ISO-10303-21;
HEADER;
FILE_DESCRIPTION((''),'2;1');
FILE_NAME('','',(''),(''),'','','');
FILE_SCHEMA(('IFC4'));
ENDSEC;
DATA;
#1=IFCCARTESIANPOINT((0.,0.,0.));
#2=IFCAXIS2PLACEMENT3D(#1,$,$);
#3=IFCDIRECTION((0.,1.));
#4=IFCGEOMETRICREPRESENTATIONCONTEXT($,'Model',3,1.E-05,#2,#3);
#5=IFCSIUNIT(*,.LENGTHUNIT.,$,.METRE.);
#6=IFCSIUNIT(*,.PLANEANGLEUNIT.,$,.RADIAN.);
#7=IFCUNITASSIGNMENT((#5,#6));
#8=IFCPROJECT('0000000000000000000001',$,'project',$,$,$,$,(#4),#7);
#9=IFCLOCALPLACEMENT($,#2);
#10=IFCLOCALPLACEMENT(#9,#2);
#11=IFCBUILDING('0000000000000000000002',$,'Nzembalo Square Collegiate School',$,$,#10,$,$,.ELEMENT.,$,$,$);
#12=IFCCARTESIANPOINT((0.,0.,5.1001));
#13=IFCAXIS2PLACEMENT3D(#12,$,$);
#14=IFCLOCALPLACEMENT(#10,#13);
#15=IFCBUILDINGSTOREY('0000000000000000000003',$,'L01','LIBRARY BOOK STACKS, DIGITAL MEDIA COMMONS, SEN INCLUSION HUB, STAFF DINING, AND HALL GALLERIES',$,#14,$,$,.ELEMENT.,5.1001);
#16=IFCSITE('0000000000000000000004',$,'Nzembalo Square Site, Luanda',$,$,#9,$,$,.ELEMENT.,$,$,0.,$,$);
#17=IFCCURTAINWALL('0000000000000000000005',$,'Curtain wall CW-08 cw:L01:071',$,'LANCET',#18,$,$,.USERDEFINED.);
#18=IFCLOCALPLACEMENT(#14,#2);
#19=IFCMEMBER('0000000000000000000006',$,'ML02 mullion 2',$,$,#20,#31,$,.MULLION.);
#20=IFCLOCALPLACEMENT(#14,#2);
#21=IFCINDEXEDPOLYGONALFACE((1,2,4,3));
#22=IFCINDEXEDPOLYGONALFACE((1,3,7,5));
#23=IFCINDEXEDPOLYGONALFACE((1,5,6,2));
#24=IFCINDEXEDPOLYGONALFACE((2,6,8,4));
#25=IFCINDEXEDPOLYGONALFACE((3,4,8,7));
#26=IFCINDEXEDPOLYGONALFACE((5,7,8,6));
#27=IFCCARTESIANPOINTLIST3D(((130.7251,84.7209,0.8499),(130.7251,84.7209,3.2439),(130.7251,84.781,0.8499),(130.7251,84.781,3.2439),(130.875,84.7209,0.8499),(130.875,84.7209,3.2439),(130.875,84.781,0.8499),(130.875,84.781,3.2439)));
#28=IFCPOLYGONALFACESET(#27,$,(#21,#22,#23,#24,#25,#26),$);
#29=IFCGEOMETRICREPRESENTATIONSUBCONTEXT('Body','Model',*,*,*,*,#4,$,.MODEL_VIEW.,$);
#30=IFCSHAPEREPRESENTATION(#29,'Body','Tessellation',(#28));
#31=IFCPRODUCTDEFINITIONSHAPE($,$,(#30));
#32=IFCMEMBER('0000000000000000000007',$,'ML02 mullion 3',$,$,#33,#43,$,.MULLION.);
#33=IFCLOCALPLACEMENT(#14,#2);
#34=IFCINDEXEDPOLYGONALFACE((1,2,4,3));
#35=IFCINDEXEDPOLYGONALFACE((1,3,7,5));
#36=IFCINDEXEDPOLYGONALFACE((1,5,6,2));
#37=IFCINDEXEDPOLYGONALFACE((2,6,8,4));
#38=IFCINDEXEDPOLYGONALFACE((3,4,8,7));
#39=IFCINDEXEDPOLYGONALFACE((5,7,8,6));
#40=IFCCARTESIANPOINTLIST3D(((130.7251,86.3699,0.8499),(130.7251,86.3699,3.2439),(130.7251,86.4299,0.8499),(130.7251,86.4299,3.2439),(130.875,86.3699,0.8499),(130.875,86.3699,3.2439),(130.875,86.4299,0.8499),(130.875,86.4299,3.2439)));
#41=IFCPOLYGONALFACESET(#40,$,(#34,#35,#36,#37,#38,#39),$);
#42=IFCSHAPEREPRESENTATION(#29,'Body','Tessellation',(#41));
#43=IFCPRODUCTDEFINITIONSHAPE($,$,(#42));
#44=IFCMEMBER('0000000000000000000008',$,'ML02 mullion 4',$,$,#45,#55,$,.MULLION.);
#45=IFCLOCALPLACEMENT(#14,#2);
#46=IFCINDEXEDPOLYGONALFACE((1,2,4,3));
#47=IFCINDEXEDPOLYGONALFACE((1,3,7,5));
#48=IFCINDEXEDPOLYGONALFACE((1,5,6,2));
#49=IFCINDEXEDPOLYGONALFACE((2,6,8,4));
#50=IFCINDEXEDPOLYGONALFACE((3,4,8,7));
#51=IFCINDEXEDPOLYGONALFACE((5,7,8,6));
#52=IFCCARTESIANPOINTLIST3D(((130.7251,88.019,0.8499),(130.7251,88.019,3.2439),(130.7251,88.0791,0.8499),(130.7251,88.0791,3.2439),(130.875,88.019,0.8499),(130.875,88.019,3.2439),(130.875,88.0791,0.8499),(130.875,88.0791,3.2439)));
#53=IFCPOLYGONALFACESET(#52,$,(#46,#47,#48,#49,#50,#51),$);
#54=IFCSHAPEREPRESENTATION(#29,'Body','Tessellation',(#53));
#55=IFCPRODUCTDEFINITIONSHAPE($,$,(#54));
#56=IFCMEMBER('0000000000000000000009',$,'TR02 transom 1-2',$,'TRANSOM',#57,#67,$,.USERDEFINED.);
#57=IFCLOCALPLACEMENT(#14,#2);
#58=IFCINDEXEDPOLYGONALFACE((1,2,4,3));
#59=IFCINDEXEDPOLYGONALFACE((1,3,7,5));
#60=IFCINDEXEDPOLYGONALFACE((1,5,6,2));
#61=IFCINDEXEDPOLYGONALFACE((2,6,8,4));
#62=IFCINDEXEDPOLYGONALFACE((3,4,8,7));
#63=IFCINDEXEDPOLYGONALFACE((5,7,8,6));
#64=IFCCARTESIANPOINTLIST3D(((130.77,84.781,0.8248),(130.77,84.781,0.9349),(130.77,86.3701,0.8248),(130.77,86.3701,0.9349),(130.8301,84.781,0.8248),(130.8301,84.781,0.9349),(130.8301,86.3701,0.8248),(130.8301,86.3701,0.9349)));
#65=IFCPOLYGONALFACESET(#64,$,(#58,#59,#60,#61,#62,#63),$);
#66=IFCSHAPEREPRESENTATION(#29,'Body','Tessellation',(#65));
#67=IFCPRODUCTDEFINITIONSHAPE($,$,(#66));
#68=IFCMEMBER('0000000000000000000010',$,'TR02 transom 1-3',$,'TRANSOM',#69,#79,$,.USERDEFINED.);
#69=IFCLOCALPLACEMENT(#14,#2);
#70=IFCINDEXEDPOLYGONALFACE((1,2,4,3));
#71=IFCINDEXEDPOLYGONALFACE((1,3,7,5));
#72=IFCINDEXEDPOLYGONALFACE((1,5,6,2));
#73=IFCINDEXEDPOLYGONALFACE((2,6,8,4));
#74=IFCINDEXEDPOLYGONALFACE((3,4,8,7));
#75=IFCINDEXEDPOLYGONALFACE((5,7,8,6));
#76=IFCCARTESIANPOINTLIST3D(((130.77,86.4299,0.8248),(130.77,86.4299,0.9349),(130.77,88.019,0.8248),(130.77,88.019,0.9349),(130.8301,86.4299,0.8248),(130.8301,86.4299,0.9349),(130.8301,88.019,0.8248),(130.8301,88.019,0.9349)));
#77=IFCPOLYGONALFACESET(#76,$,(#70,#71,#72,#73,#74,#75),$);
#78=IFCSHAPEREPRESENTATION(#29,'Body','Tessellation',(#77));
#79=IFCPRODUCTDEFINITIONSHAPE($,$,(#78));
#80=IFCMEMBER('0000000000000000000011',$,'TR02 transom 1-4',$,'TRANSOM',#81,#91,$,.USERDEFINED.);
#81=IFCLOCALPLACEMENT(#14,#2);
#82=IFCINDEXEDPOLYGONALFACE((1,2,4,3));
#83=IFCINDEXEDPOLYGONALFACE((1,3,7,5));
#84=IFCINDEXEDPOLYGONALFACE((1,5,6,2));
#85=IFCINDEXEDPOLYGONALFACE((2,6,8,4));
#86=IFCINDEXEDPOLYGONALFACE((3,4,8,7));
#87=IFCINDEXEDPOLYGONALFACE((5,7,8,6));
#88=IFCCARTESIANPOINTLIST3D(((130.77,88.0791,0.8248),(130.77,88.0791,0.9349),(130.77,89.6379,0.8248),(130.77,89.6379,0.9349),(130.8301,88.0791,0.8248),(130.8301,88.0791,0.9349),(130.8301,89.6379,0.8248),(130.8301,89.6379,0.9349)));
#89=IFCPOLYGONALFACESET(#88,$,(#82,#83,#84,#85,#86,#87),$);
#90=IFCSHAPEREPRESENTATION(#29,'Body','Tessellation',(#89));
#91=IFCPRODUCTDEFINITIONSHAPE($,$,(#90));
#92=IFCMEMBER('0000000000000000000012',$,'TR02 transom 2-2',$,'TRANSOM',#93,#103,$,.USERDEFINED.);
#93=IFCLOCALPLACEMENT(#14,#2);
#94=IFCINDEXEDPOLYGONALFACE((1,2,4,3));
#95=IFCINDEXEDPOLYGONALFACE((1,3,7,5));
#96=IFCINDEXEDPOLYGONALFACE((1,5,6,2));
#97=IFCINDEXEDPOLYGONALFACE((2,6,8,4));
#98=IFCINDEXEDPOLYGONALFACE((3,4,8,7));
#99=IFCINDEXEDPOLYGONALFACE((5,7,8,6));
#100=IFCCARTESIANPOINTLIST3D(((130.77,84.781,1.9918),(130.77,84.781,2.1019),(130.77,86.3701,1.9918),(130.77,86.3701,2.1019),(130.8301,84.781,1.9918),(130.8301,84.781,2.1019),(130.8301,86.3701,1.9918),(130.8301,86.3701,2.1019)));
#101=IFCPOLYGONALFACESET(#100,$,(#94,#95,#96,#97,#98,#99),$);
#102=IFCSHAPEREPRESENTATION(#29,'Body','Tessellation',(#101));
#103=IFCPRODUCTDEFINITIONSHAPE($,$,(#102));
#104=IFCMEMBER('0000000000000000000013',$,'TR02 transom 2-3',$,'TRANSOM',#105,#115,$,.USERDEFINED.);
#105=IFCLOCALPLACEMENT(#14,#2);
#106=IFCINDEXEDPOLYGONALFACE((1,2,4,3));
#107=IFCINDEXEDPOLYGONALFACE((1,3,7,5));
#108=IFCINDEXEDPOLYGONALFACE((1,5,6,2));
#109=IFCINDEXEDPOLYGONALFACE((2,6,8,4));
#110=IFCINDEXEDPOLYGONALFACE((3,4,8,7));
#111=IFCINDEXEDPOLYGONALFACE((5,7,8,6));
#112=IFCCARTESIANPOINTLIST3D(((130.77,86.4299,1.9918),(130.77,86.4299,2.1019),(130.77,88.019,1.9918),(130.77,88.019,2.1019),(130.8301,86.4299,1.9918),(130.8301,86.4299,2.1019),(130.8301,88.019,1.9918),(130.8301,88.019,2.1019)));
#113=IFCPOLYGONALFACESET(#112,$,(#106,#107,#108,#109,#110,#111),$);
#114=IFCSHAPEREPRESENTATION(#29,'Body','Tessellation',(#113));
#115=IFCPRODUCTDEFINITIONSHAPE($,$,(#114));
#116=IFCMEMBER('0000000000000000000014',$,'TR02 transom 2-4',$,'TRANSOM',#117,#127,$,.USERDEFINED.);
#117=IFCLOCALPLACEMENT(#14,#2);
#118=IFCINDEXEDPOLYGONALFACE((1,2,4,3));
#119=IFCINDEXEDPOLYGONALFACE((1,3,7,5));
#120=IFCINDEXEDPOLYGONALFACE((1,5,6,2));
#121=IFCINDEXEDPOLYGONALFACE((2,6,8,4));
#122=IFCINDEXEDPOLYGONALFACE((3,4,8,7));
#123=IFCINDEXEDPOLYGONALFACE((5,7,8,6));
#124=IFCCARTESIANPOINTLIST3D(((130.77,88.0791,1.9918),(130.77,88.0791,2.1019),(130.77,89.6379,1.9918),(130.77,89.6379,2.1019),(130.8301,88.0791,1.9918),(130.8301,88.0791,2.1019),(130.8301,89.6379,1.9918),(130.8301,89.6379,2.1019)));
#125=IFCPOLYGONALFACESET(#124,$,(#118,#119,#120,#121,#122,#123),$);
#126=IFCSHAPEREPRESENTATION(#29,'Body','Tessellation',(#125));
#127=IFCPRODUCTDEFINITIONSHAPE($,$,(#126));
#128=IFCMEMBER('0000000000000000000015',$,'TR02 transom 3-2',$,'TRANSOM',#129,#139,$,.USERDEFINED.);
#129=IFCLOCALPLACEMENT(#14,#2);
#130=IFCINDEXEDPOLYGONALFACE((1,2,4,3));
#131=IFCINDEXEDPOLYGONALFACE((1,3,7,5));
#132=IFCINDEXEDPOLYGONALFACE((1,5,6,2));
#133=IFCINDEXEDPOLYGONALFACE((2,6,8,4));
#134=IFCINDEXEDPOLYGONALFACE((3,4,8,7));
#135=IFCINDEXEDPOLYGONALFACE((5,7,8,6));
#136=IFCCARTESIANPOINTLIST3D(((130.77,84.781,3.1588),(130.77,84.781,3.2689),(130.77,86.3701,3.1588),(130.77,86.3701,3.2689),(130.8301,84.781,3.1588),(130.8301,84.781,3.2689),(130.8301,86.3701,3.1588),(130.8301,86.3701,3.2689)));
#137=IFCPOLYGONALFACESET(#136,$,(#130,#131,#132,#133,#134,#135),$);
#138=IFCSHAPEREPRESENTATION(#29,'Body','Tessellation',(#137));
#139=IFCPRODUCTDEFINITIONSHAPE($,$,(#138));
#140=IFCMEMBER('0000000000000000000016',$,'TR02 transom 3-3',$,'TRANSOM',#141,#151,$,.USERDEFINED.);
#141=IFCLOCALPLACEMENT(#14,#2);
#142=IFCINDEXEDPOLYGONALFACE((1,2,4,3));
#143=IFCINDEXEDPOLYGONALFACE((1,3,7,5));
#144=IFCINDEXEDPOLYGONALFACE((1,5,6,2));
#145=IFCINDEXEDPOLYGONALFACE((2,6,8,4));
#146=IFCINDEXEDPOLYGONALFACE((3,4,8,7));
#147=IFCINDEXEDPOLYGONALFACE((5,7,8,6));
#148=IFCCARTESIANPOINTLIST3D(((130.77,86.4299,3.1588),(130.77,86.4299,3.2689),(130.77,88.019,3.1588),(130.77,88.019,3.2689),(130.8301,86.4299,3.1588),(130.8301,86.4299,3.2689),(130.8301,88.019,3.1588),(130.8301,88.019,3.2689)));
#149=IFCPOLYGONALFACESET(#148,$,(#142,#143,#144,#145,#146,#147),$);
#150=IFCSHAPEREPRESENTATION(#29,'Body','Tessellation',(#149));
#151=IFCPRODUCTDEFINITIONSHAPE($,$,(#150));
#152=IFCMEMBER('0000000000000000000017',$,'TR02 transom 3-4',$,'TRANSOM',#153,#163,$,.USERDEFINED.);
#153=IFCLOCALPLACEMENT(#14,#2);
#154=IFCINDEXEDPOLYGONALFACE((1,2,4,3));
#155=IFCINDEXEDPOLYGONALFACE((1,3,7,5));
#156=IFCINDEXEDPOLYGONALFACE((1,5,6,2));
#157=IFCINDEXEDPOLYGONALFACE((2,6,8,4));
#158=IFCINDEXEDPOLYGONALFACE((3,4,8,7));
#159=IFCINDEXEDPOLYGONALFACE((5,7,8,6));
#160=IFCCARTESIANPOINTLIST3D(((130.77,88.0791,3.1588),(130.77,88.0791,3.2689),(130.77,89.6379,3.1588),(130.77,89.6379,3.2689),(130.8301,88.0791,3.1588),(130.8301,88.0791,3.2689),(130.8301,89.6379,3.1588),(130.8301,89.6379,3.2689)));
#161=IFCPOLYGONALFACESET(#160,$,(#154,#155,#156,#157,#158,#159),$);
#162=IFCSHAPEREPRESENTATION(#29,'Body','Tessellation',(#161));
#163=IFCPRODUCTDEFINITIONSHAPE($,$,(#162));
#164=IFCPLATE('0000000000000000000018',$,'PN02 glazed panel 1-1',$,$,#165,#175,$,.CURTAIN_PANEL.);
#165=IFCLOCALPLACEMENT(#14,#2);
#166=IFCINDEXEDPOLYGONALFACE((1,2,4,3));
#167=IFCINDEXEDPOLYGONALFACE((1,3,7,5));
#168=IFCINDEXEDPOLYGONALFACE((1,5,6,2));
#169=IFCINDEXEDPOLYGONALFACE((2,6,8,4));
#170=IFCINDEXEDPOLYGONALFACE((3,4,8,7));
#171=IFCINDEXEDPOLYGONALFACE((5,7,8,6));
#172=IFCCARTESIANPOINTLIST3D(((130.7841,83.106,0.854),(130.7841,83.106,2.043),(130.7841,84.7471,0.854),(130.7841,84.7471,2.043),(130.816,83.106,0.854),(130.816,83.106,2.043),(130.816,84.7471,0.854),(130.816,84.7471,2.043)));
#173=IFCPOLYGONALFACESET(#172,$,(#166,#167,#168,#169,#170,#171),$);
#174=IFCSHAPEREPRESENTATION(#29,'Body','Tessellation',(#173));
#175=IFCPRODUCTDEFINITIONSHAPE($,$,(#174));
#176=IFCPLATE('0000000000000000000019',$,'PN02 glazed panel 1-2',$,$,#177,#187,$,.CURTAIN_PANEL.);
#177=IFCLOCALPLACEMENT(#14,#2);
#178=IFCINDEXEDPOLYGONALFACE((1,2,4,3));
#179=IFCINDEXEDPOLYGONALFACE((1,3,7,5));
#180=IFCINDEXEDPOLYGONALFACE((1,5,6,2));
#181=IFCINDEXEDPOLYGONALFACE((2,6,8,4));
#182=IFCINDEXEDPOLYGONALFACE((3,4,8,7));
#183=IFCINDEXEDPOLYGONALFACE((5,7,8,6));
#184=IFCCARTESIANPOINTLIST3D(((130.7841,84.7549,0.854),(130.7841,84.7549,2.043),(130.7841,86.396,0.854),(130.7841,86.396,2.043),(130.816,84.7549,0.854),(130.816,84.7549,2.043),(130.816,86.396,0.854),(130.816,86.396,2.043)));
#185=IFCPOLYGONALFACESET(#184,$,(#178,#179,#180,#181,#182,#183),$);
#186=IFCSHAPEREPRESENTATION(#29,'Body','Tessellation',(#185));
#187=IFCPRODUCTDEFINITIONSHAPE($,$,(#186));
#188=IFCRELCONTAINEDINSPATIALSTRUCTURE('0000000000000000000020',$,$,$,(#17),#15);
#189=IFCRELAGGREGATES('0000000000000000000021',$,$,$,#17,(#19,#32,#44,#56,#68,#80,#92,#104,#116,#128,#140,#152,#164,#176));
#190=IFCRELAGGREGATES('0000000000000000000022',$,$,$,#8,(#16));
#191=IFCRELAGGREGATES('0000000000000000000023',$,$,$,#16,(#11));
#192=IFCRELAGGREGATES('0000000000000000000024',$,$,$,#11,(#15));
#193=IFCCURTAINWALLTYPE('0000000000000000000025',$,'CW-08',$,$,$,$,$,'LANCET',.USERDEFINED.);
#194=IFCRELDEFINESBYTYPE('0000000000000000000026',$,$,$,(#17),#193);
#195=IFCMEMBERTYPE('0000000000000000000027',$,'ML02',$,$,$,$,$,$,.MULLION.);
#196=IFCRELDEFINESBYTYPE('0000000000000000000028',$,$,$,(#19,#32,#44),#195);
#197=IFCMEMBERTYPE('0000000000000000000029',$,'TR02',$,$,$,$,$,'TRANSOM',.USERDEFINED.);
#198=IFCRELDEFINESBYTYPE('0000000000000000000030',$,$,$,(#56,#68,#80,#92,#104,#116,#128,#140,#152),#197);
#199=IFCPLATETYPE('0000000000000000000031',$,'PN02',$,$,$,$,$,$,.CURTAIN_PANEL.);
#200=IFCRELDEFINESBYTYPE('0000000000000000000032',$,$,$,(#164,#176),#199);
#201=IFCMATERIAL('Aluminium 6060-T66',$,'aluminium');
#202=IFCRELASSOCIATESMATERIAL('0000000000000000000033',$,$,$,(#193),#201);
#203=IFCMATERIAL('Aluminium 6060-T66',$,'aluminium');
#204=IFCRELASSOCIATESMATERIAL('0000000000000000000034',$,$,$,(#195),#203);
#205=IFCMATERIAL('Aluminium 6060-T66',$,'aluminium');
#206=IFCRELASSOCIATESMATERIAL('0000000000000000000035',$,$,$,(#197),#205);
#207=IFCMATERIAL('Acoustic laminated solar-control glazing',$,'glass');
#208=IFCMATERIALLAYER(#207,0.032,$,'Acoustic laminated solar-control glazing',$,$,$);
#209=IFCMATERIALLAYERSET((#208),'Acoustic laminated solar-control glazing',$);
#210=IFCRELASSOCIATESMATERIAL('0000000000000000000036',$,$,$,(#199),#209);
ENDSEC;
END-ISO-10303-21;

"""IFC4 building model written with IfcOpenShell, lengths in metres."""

from ifc_helpers import new_model, si_unit, direction, frame, origin, origin_2d, place, context, subcontext, project, spatial, rectangle, extrude, material, layer, layer_set, material_profile, profile_set, type_object, element, aggregate, save


model = new_model("IFC4")

# Units and contexts
model_context = context("Model", 3, precision=1e-05, world=origin(), true_north=direction((0.0, 1.0)))
body_context = subcontext(model_context, "Body", "Model", "MODEL_VIEW")
ifc_project = project(units=[si_unit("LENGTHUNIT", "METRE"), si_unit("PLANEANGLEUNIT", "RADIAN")], contexts=[model_context])

# Site, building, storey
site_placement = place(None, origin())
site = spatial("IfcSite", under=ifc_project, at=site_placement, Name="Nzembalo Square Site, Luanda", CompositionType="ELEMENT", RefElevation=0.0)
building_placement = place(site_placement, origin())
building = spatial("IfcBuilding", under=site, at=building_placement, Name="Nzembalo Square Collegiate School", CompositionType="ELEMENT")
storey_placement = place(building_placement, frame((0.0, 0.0, 5.1001)))
storey = spatial("IfcBuildingStorey", under=building, at=storey_placement, Name="L01", Description="LIBRARY BOOK STACKS, DIGITAL MEDIA COMMONS, SEN INCLUSION HUB, STAFF DINING, AND HALL GALLERIES", CompositionType="ELEMENT", Elevation=5.1001)

# Curtain wall, members, plates
ifc_material_1 = material(Name="Aluminium 6060-T66", Category="aluminium")
curtain_wall_type = type_object("IfcCurtainWallType", Name="CW-08", ElementType="LANCET", PredefinedType="USERDEFINED", material=ifc_material_1)
curtain_wall_placement = place(storey_placement, origin())
curtain_wall = element("IfcCurtainWall", 1, at=curtain_wall_placement, inside=storey, type_object=curtain_wall_type, Name="Curtain wall CW-08 cw:L01:071", ObjectType="LANCET", PredefinedType="USERDEFINED")
ifc_material_2 = material(Name="Aluminium 6060-T66", Category="aluminium")
ifc_material_profile_1 = material_profile(ifc_material_2, rectangle(XDim=0.0601, YDim=0.1499, at=origin_2d()), Name="ALU M60x150")
ifc_profile_set_1 = profile_set([ifc_material_profile_1], Name="Aluminium 6060-T66")
member_type_1 = type_object("IfcMemberType", Name="ML02", PredefinedType="MULLION", material=ifc_profile_set_1)
member_1_placement = place(storey_placement, frame((130.8, 84.751, 0.8499), z_axis=(0.0, 0.0, 1.0), x_axis=(0.0, 1.0, 0.0)))
member_1 = element("IfcMember", 2, at=member_1_placement, type_object=member_type_1, Name="ML02 mullion 2", PredefinedType="MULLION", context=body_context, shape_type="SweptSolid", body=[
    extrude(rectangle(XDim=0.0601, YDim=0.1499, at=origin_2d()), origin(), (0.0, 0.0, 1.0), 2.394),
])
member_2_placement = place(storey_placement, frame((130.8, 86.3999, 0.8499), z_axis=(0.0, 0.0, 1.0), x_axis=(0.0, 1.0, 0.0)))
member_2 = element("IfcMember", 3, at=member_2_placement, type_object=member_type_1, Name="ML02 mullion 3", PredefinedType="MULLION", context=body_context, shape_type="SweptSolid", body=[
    extrude(rectangle(XDim=0.0601, YDim=0.1499, at=origin_2d()), origin(), (0.0, 0.0, 1.0), 2.394),
])
member_3_placement = place(storey_placement, frame((130.8, 88.0491, 0.8499), z_axis=(0.0, 0.0, 1.0), x_axis=(0.0, 1.0, 0.0)))
member_3 = element("IfcMember", 4, at=member_3_placement, type_object=member_type_1, Name="ML02 mullion 4", PredefinedType="MULLION", context=body_context, shape_type="SweptSolid", body=[
    extrude(rectangle(XDim=0.0601, YDim=0.1499, at=origin_2d()), origin(), (0.0, 0.0, 1.0), 2.394),
])
ifc_material_3 = material(Name="Aluminium 6060-T66", Category="aluminium")
ifc_material_profile_2 = material_profile(ifc_material_3, rectangle(XDim=0.0601, YDim=0.1101, at=origin_2d()), Name="ALU T60x110")
ifc_profile_set_2 = profile_set([ifc_material_profile_2], Name="Aluminium 6060-T66")
member_type_2 = type_object("IfcMemberType", Name="TR02", ElementType="TRANSOM", PredefinedType="USERDEFINED", material=ifc_profile_set_2)
member_4_placement = place(storey_placement, frame((130.8, 84.781, 0.8799), z_axis=(0.0, 1.0, 0.0), x_axis=(-1.0, 0.0, 0.0)))
member_4 = element("IfcMember", 5, at=member_4_placement, type_object=member_type_2, Name="TR02 transom 1-2", ObjectType="TRANSOM", PredefinedType="USERDEFINED", context=body_context, shape_type="SweptSolid", body=[
    extrude(rectangle(XDim=0.0601, YDim=0.1101, at=origin_2d()), origin(), (0.0, 0.0, 1.0), 1.5891),
])
member_5_placement = place(storey_placement, frame((130.8, 86.4299, 0.8799), z_axis=(0.0, 1.0, 0.0), x_axis=(-1.0, 0.0, 0.0)))
member_5 = element("IfcMember", 6, at=member_5_placement, type_object=member_type_2, Name="TR02 transom 1-3", ObjectType="TRANSOM", PredefinedType="USERDEFINED", context=body_context, shape_type="SweptSolid", body=[
    extrude(rectangle(XDim=0.0601, YDim=0.1101, at=origin_2d()), origin(), (0.0, 0.0, 1.0), 1.5891),
])
member_6_placement = place(storey_placement, frame((130.8, 88.0791, 0.8799), z_axis=(0.0, 1.0, 0.0), x_axis=(-1.0, 0.0, 0.0)))
member_6 = element("IfcMember", 7, at=member_6_placement, type_object=member_type_2, Name="TR02 transom 1-4", ObjectType="TRANSOM", PredefinedType="USERDEFINED", context=body_context, shape_type="SweptSolid", body=[
    extrude(rectangle(XDim=0.0601, YDim=0.1101, at=origin_2d()), origin(), (0.0, 0.0, 1.0), 1.5588),
])
member_7_placement = place(storey_placement, frame((130.8, 84.781, 2.0469), z_axis=(0.0, 1.0, 0.0), x_axis=(-1.0, 0.0, 0.0)))
member_7 = element("IfcMember", 8, at=member_7_placement, type_object=member_type_2, Name="TR02 transom 2-2", ObjectType="TRANSOM", PredefinedType="USERDEFINED", context=body_context, shape_type="SweptSolid", body=[
    extrude(rectangle(XDim=0.0601, YDim=0.1101, at=origin_2d()), origin(), (0.0, 0.0, 1.0), 1.5891),
])
member_8_placement = place(storey_placement, frame((130.8, 86.4299, 2.0469), z_axis=(0.0, 1.0, 0.0), x_axis=(-1.0, 0.0, 0.0)))
member_8 = element("IfcMember", 9, at=member_8_placement, type_object=member_type_2, Name="TR02 transom 2-3", ObjectType="TRANSOM", PredefinedType="USERDEFINED", context=body_context, shape_type="SweptSolid", body=[
    extrude(rectangle(XDim=0.0601, YDim=0.1101, at=origin_2d()), origin(), (0.0, 0.0, 1.0), 1.5891),
])
member_9_placement = place(storey_placement, frame((130.8, 88.0791, 2.0469), z_axis=(0.0, 1.0, 0.0), x_axis=(-1.0, 0.0, 0.0)))
member_9 = element("IfcMember", 10, at=member_9_placement, type_object=member_type_2, Name="TR02 transom 2-4", ObjectType="TRANSOM", PredefinedType="USERDEFINED", context=body_context, shape_type="SweptSolid", body=[
    extrude(rectangle(XDim=0.0601, YDim=0.1101, at=origin_2d()), origin(), (0.0, 0.0, 1.0), 1.5588),
])
member_10_placement = place(storey_placement, frame((130.8, 84.781, 3.2139), z_axis=(0.0, 1.0, 0.0), x_axis=(-1.0, 0.0, 0.0)))
member_10 = element("IfcMember", 11, at=member_10_placement, type_object=member_type_2, Name="TR02 transom 3-2", ObjectType="TRANSOM", PredefinedType="USERDEFINED", context=body_context, shape_type="SweptSolid", body=[
    extrude(rectangle(XDim=0.0601, YDim=0.1101, at=origin_2d()), origin(), (0.0, 0.0, 1.0), 1.5891),
])
member_11_placement = place(storey_placement, frame((130.8, 86.4299, 3.2139), z_axis=(0.0, 1.0, 0.0), x_axis=(-1.0, 0.0, 0.0)))
member_11 = element("IfcMember", 12, at=member_11_placement, type_object=member_type_2, Name="TR02 transom 3-3", ObjectType="TRANSOM", PredefinedType="USERDEFINED", context=body_context, shape_type="SweptSolid", body=[
    extrude(rectangle(XDim=0.0601, YDim=0.1101, at=origin_2d()), origin(), (0.0, 0.0, 1.0), 1.5891),
])
member_12_placement = place(storey_placement, frame((130.8, 88.0791, 3.2139), z_axis=(0.0, 1.0, 0.0), x_axis=(-1.0, 0.0, 0.0)))
member_12 = element("IfcMember", 13, at=member_12_placement, type_object=member_type_2, Name="TR02 transom 3-4", ObjectType="TRANSOM", PredefinedType="USERDEFINED", context=body_context, shape_type="SweptSolid", body=[
    extrude(rectangle(XDim=0.0601, YDim=0.1101, at=origin_2d()), origin(), (0.0, 0.0, 1.0), 1.5588),
])
ifc_material_4 = material(Name="Acoustic laminated solar-control glazing", Category="glass")
ifc_layer_1 = layer(ifc_material_4, 0.032, Name="Acoustic laminated solar-control glazing")
ifc_layer_set_1 = layer_set([ifc_layer_1], Name="Acoustic laminated solar-control glazing")
plate_type = type_object("IfcPlateType", Name="PN02", PredefinedType="CURTAIN_PANEL", material=ifc_layer_set_1)
plate_1_placement = place(storey_placement, frame((130.8, 83.9265, 0.854), z_axis=(0.0, 0.0, 1.0), x_axis=(0.0, 1.0, 0.0)))
plate_1 = element("IfcPlate", 14, at=plate_1_placement, type_object=plate_type, Name="PN02 glazed panel 1-1", PredefinedType="CURTAIN_PANEL", context=body_context, shape_type="SweptSolid", body=[
    extrude(rectangle(XDim=1.6411, YDim=0.032, at=origin_2d()), origin(), (0.0, 0.0, 1.0), 1.189),
])
plate_2_placement = place(storey_placement, frame((130.8, 85.5754, 0.854), z_axis=(0.0, 0.0, 1.0), x_axis=(0.0, 1.0, 0.0)))
plate_2 = element("IfcPlate", 15, at=plate_2_placement, type_object=plate_type, Name="PN02 glazed panel 1-2", PredefinedType="CURTAIN_PANEL", context=body_context, shape_type="SweptSolid", body=[
    extrude(rectangle(XDim=1.6411, YDim=0.032, at=origin_2d()), origin(), (0.0, 0.0, 1.0), 1.189),
])
aggregate(curtain_wall, [member_1, member_2, member_3, member_4, member_5, member_6, member_7, member_8, member_9, member_10, member_11, member_12, plate_1, plate_2])

save(model, "model.ifc")
